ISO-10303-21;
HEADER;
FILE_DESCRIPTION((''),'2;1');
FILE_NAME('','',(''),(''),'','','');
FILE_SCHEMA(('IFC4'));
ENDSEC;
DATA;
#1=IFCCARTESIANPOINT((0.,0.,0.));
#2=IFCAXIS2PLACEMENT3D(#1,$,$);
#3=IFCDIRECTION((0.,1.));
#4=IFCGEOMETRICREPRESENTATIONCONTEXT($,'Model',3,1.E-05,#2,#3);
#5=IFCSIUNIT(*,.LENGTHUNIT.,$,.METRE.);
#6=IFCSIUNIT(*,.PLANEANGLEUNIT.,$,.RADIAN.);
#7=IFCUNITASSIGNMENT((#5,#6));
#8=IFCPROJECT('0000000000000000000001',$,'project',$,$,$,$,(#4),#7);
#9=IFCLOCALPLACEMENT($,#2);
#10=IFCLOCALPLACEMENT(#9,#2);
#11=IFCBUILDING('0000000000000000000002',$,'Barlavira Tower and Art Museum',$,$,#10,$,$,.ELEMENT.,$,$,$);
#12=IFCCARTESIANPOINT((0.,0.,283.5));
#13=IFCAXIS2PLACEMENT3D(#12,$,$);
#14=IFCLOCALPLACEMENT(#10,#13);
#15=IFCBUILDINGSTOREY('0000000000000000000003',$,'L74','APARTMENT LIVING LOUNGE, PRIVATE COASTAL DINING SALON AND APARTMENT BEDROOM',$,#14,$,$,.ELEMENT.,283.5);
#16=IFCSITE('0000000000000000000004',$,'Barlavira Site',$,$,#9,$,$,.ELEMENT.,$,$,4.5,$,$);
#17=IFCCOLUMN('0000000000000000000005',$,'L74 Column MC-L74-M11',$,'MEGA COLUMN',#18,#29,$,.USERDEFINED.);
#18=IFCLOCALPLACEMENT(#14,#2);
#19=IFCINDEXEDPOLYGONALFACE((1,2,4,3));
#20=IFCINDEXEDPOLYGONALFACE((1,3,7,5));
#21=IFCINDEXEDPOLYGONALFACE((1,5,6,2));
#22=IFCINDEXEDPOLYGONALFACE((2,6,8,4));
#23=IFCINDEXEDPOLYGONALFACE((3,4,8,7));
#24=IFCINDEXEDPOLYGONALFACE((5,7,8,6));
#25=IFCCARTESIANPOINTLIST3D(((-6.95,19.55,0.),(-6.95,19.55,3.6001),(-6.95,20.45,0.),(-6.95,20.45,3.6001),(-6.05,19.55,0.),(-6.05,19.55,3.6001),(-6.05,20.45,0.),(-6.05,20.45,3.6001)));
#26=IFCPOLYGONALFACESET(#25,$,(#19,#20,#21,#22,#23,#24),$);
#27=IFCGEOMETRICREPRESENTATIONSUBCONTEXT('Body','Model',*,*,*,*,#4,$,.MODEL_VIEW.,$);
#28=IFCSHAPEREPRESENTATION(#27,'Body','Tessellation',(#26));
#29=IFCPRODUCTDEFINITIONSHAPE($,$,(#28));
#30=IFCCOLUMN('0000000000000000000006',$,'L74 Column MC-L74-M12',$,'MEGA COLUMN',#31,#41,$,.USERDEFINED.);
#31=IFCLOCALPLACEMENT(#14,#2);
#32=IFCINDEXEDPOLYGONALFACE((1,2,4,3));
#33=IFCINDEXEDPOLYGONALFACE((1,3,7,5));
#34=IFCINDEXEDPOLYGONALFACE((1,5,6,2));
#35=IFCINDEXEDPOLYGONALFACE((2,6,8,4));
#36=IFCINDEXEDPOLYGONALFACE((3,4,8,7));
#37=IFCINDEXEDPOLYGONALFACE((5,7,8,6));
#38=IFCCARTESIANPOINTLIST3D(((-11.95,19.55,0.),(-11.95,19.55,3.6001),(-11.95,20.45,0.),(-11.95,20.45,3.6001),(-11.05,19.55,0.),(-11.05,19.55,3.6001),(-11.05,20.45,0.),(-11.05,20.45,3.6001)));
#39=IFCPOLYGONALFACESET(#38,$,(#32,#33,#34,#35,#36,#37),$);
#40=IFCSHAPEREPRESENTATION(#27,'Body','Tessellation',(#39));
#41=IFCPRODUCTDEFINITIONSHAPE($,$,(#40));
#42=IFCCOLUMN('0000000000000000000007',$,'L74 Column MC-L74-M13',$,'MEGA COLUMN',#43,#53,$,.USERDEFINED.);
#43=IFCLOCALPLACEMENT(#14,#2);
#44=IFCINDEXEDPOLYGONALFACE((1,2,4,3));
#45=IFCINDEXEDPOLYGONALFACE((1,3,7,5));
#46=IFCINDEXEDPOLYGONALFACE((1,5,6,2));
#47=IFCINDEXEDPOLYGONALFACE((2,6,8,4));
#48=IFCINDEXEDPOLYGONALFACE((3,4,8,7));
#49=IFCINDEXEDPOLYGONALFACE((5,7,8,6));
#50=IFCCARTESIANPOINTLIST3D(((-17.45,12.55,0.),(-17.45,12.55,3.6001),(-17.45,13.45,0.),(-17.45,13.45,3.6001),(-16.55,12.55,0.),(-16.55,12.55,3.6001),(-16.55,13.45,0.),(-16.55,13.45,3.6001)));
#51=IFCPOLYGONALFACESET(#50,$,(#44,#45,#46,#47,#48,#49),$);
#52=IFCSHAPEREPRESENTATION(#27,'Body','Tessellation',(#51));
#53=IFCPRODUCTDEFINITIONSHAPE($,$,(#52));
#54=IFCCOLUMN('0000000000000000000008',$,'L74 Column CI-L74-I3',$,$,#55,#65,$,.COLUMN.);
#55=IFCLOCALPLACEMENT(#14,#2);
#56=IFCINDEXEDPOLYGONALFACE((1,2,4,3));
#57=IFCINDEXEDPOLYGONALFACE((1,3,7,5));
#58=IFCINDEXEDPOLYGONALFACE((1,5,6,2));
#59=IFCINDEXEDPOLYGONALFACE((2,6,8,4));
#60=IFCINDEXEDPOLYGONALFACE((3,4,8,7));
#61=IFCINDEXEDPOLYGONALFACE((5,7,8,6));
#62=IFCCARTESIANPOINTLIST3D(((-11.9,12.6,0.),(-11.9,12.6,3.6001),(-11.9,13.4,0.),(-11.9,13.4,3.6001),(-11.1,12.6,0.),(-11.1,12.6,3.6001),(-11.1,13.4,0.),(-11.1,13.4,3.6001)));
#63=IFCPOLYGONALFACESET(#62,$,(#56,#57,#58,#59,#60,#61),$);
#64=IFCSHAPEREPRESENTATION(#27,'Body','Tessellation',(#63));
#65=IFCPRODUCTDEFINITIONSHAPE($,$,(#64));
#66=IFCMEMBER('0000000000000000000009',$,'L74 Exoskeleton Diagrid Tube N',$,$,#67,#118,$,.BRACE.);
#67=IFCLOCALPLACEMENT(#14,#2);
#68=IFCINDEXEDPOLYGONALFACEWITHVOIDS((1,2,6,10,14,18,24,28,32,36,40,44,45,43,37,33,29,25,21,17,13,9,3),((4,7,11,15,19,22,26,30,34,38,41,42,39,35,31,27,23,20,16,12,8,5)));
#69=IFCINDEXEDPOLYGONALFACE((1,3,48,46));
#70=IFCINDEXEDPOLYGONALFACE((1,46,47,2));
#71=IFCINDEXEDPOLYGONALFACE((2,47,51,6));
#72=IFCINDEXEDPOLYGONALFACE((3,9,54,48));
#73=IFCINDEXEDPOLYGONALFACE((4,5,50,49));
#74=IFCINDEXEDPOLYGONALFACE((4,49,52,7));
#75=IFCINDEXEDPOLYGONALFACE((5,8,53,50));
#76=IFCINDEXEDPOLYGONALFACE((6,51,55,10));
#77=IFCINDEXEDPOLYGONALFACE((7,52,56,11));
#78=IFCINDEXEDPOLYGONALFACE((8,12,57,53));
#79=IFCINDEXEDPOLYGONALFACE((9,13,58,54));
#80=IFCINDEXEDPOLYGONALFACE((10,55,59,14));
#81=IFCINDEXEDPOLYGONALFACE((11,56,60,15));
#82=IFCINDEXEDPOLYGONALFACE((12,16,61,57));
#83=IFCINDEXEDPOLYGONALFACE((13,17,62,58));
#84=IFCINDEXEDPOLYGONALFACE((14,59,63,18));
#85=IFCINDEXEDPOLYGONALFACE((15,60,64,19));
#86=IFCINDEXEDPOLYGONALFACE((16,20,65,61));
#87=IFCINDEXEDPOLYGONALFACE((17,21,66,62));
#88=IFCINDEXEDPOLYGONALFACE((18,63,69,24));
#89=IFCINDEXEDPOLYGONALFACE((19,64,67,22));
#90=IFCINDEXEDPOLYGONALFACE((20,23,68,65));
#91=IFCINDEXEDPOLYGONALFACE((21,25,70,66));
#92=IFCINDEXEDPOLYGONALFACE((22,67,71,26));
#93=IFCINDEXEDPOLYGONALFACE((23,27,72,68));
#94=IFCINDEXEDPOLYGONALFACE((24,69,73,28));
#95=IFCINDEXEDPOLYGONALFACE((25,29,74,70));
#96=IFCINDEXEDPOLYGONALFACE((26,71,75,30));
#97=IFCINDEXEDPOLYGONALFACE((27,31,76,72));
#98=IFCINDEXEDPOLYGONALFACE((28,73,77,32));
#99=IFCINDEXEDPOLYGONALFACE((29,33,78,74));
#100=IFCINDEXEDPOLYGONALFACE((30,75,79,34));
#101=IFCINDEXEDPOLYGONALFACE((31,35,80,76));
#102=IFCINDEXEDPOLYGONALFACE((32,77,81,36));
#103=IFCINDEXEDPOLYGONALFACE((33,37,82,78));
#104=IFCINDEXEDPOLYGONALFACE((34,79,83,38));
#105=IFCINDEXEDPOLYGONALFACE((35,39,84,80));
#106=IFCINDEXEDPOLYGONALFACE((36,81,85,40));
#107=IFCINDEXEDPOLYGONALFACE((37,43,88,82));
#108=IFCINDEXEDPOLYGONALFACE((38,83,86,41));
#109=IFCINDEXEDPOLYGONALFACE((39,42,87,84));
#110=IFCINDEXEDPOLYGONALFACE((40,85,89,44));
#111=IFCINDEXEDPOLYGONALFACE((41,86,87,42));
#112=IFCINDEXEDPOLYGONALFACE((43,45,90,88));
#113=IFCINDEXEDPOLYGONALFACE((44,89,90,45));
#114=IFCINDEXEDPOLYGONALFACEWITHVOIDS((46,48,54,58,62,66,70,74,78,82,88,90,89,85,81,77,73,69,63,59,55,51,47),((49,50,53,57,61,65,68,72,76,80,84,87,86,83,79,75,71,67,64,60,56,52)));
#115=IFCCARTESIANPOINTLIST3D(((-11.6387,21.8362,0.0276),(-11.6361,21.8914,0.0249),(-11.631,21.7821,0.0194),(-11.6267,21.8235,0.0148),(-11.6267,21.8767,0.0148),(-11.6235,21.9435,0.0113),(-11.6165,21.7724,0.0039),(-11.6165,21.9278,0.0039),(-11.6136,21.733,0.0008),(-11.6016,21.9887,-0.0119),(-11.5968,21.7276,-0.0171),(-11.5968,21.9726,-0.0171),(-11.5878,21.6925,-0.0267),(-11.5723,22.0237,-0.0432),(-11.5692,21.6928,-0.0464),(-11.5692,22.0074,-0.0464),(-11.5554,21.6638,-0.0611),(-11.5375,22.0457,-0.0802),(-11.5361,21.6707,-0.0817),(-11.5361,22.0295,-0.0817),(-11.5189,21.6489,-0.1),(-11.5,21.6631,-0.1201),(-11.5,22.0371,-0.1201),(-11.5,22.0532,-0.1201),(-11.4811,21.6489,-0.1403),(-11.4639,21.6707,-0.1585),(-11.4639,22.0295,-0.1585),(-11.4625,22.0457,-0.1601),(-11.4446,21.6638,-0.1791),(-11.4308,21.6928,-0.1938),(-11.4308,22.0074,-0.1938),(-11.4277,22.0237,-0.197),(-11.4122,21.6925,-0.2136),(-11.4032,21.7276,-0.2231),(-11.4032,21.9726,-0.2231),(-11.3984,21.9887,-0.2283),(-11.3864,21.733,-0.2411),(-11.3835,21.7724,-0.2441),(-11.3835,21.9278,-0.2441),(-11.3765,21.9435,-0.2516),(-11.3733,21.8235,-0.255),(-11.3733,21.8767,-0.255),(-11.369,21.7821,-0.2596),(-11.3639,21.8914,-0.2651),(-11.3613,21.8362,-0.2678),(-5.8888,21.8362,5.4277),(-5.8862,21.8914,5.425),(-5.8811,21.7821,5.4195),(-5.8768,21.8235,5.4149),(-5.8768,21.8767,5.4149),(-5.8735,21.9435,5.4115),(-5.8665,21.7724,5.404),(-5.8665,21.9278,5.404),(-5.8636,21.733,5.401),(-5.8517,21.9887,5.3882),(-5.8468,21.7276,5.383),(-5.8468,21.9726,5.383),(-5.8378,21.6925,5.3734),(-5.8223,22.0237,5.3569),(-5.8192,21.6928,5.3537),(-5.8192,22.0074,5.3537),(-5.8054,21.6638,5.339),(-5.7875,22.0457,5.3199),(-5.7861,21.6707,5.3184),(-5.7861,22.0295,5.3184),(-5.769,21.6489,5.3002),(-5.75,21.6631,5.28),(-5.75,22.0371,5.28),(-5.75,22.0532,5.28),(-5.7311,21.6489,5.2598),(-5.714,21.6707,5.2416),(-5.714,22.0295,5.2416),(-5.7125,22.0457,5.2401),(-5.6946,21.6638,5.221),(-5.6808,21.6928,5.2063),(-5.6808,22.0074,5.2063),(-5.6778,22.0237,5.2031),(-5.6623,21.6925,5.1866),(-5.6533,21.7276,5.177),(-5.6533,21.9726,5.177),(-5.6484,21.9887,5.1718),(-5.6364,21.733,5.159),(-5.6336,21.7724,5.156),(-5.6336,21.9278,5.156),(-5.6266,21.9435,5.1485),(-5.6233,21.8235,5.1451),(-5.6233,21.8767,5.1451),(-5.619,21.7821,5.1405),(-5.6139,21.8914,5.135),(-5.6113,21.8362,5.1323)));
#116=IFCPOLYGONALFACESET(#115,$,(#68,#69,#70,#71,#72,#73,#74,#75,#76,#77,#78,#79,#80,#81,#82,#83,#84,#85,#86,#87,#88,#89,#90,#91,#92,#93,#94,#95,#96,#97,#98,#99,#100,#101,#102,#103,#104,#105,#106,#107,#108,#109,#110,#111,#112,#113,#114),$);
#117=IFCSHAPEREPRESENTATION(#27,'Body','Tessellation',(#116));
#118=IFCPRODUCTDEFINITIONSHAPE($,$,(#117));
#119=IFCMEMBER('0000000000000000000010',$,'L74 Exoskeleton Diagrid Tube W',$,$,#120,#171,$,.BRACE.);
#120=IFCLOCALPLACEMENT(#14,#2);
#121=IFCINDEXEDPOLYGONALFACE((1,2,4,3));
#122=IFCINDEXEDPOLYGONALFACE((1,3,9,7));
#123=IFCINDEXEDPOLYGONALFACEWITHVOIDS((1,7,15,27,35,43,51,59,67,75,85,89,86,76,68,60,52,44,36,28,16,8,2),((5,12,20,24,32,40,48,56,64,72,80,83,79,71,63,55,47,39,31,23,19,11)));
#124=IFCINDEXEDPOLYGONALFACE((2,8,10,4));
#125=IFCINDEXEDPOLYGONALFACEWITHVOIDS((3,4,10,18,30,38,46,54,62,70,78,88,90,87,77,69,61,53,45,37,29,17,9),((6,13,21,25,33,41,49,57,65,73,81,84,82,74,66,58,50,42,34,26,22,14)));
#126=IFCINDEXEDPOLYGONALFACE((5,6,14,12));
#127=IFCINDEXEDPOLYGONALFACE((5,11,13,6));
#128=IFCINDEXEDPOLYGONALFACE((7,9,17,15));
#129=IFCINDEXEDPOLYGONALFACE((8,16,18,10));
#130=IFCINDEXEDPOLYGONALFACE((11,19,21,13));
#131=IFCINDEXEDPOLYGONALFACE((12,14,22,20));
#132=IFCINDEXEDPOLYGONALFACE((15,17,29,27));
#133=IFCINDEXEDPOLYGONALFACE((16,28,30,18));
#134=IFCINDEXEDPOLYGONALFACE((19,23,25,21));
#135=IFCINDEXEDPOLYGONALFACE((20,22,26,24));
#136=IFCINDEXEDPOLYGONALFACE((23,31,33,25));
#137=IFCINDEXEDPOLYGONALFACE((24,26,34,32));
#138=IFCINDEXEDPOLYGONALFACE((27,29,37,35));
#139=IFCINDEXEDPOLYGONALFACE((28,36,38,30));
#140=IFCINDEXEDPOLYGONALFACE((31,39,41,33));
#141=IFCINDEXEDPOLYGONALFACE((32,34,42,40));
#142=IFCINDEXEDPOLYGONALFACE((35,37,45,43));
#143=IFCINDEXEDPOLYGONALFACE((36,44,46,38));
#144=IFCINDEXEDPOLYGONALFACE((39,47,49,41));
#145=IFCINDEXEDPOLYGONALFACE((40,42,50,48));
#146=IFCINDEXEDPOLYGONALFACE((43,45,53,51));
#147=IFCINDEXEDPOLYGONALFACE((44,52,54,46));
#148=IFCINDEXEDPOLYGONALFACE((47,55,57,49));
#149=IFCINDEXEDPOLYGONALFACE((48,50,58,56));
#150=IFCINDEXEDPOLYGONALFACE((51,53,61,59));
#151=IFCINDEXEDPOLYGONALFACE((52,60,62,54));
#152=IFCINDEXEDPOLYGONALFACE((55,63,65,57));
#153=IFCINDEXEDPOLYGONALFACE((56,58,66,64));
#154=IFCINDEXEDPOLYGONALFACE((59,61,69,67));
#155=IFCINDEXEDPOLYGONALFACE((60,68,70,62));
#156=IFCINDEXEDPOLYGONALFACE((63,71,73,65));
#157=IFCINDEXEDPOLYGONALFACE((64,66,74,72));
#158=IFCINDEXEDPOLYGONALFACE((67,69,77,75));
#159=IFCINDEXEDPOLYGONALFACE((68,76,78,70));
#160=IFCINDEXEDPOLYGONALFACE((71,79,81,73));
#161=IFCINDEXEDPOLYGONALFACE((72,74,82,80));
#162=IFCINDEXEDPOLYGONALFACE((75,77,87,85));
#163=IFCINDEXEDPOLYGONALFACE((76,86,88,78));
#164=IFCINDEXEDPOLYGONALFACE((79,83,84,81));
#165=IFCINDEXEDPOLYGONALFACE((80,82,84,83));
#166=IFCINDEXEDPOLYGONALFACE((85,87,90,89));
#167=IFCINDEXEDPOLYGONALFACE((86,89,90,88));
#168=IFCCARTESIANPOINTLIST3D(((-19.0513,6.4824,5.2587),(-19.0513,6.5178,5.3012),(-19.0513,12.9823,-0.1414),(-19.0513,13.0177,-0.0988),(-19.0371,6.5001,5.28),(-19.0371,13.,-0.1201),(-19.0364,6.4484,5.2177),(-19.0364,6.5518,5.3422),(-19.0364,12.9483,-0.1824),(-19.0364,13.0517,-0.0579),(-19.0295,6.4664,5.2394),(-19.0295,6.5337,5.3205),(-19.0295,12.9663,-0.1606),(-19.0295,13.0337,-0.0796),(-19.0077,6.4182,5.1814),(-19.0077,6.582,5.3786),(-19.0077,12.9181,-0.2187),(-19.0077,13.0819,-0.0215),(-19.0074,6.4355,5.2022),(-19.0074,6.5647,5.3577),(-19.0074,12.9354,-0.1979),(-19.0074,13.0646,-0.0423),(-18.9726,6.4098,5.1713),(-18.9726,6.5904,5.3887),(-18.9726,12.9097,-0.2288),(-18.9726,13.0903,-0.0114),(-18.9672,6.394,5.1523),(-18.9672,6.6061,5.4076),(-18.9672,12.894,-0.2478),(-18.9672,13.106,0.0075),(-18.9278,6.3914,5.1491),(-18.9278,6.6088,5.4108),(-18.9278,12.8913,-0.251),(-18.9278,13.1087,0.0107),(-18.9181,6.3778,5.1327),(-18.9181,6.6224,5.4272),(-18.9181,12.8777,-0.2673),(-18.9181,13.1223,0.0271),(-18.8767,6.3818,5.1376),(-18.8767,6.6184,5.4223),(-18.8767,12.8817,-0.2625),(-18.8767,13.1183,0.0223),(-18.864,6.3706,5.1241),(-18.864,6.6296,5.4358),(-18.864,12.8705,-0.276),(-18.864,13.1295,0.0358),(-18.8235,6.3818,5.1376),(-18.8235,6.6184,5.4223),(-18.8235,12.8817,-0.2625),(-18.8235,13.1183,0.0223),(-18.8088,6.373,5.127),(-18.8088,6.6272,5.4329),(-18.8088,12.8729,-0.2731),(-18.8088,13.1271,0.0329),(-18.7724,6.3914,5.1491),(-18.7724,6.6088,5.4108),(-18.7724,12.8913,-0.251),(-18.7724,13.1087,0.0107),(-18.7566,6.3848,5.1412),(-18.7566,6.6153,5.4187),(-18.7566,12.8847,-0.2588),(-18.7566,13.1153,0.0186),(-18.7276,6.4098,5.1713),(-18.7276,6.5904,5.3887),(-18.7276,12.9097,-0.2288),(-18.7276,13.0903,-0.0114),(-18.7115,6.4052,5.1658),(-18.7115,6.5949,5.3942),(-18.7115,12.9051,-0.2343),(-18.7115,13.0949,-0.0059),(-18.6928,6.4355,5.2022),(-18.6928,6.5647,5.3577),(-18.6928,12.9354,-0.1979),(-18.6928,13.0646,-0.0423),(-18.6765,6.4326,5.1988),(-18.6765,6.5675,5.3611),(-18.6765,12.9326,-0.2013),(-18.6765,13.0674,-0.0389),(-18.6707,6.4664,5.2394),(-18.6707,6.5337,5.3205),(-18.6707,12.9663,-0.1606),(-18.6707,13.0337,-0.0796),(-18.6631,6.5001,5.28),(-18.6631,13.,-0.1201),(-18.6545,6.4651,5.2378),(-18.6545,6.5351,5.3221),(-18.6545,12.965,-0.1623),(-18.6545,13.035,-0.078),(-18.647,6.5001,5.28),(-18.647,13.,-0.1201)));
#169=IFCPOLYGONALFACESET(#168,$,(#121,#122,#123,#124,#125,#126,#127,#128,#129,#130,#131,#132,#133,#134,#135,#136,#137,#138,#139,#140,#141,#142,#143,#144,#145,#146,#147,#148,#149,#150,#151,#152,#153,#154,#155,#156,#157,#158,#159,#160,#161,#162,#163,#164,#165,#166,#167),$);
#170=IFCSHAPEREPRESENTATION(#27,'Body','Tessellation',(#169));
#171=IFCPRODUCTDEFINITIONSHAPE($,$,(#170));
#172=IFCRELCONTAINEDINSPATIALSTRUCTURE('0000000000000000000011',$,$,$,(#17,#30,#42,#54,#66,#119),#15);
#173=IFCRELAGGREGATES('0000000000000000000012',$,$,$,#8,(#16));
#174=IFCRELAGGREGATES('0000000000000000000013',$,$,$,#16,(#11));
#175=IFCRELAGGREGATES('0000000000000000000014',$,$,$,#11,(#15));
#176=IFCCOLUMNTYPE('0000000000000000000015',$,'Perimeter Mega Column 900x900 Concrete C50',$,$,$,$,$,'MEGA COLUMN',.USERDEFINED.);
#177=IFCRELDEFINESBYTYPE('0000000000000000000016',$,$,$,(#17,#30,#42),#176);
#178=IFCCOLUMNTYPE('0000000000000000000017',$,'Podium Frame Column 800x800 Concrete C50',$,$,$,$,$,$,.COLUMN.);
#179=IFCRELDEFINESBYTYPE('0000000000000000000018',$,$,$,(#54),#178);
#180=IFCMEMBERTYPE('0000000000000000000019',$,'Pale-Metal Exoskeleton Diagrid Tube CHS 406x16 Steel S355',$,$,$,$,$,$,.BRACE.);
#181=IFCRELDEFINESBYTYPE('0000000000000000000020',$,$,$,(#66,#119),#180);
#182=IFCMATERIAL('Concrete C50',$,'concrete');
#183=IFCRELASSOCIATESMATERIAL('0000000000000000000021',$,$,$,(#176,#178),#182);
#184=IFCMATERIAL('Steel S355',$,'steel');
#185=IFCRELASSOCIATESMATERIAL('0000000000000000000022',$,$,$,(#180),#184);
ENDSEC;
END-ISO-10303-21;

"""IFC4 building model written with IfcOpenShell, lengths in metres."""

from ifc_helpers import new_model, si_unit, direction, frame, origin, origin_2d, place, context, subcontext, project, spatial, rectangle, hollow_circle, extrude, material, material_profile, profile_set, type_object, element, save


model = new_model("IFC4")

# Units and contexts
model_context = context("Model", 3, precision=1e-05, world=origin(), true_north=direction((0.0, 1.0)))
body_context = subcontext(model_context, "Body", "Model", "MODEL_VIEW")
ifc_project = project(units=[si_unit("LENGTHUNIT", "METRE"), si_unit("PLANEANGLEUNIT", "RADIAN")], contexts=[model_context])

# Site, building, storey
site_placement = place(None, origin())
site = spatial("IfcSite", under=ifc_project, at=site_placement, Name="Barlavira Site", CompositionType="ELEMENT", RefElevation=4.5)
building_placement = place(site_placement, origin())
building = spatial("IfcBuilding", under=site, at=building_placement, Name="Barlavira Tower and Art Museum", CompositionType="ELEMENT")
storey_placement = place(building_placement, frame((0.0, 0.0, 283.5)))
storey = spatial("IfcBuildingStorey", under=building, at=storey_placement, Name="L74", Description="APARTMENT LIVING LOUNGE, PRIVATE COASTAL DINING SALON AND APARTMENT BEDROOM", CompositionType="ELEMENT", Elevation=283.5)

# Columns
ifc_material_1 = material(Name="Concrete C50", Category="concrete")
ifc_material_profile_1 = material_profile(ifc_material_1, rectangle(XDim=0.8999, YDim=0.8999, at=origin_2d()), Name="RC-COL 900x900")
ifc_profile_set_1 = profile_set([ifc_material_profile_1], Name="Concrete C50")
column_type_1 = type_object("IfcColumnType", Name="Perimeter Mega Column 900x900 Concrete C50", ElementType="MEGA COLUMN", PredefinedType="USERDEFINED", material=ifc_profile_set_1)
for number, where, z_axis, x_axis, name in (
    (1, (-6.5, 20.0, 0.0), (0.0, 0.0, 1.0), (1.0, 0.0, 0.0), "L74 Column MC-L74-M11"),
    (2, (-11.5, 20.0, 0.0), (0.0, 0.0, 1.0), (1.0, 0.0, 0.0), "L74 Column MC-L74-M12"),
    (3, (-17.0, 13.0, 0.0), (0.0, 0.0, 1.0), (1.0, 0.0, 0.0), "L74 Column MC-L74-M13"),
):
    element("IfcColumn", number, at=place(storey_placement, frame(where, z_axis=z_axis, x_axis=x_axis)), inside=storey, type_object=column_type_1, Name=name, ObjectType="MEGA COLUMN", PredefinedType="USERDEFINED", context=body_context, shape_type="SweptSolid", body=[
        extrude(rectangle(XDim=0.8999, YDim=0.8999, at=origin_2d()), origin(), (0.0, 0.0, 1.0), 3.6001),
    ])
ifc_material_profile_2 = material_profile(ifc_material_1, rectangle(XDim=0.8, YDim=0.8, at=origin_2d()), Name="RC-COL 800x800")
ifc_profile_set_2 = profile_set([ifc_material_profile_2], Name="Concrete C50")
column_type_2 = type_object("IfcColumnType", Name="Podium Frame Column 800x800 Concrete C50", PredefinedType="COLUMN", material=ifc_profile_set_2)
column_placement = place(storey_placement, frame((-11.5, 13.0, 0.0), z_axis=(0.0, 0.0, 1.0), x_axis=(1.0, 0.0, 0.0)))
element("IfcColumn", 4, at=column_placement, inside=storey, type_object=column_type_2, Name="L74 Column CI-L74-I3", PredefinedType="COLUMN", context=body_context, shape_type="SweptSolid", body=[
    extrude(rectangle(XDim=0.8, YDim=0.8, at=origin_2d()), origin(), (0.0, 0.0, 1.0), 3.6001),
])

# Members
ifc_material_2 = material(Name="Steel S355", Category="steel")
ifc_material_profile_3 = material_profile(ifc_material_2, hollow_circle(Radius=0.2031, WallThickness=0.0161, at=origin_2d()), Name="CHS 406.4x16.0")
ifc_profile_set_3 = profile_set([ifc_material_profile_3], Name="Steel S355")
member_type_1 = type_object("IfcMemberType", Name="Pale-Metal Exoskeleton Diagrid Tube CHS 406x16 Steel S355", PredefinedType="BRACE", material=ifc_profile_set_3)
member_1_placement = place(storey_placement, frame((-11.5, 21.8501, -0.1201), z_axis=(0.728935, 0.0, 0.684583), x_axis=(0.0, 1.0, 0.0)))
element("IfcMember", 5, at=member_1_placement, inside=storey, type_object=member_type_1, Name="L74 Exoskeleton Diagrid Tube N", PredefinedType="BRACE", context=body_context, shape_type="SweptSolid", body=[
    extrude(hollow_circle(Radius=0.2031, WallThickness=0.0161, at=origin_2d()), origin(), (0.0, 0.0, 1.0), 7.8882),
])
member_2_placement = place(storey_placement, frame((-18.8501, 13.0, -0.1201), z_axis=(0.0, -0.769182, 0.63903), x_axis=(1.0, 0.0, 0.0)))
element("IfcMember", 6, at=member_2_placement, inside=storey, type_object=member_type_1, Name="L74 Exoskeleton Diagrid Tube W", PredefinedType="BRACE", context=body_context, shape_type="SweptSolid", body=[
    extrude(hollow_circle(Radius=0.2031, WallThickness=0.0161, at=origin_2d()), origin(), (0.0, 0.0, 1.0), 8.4504),
])

save(model, "model.ifc")
